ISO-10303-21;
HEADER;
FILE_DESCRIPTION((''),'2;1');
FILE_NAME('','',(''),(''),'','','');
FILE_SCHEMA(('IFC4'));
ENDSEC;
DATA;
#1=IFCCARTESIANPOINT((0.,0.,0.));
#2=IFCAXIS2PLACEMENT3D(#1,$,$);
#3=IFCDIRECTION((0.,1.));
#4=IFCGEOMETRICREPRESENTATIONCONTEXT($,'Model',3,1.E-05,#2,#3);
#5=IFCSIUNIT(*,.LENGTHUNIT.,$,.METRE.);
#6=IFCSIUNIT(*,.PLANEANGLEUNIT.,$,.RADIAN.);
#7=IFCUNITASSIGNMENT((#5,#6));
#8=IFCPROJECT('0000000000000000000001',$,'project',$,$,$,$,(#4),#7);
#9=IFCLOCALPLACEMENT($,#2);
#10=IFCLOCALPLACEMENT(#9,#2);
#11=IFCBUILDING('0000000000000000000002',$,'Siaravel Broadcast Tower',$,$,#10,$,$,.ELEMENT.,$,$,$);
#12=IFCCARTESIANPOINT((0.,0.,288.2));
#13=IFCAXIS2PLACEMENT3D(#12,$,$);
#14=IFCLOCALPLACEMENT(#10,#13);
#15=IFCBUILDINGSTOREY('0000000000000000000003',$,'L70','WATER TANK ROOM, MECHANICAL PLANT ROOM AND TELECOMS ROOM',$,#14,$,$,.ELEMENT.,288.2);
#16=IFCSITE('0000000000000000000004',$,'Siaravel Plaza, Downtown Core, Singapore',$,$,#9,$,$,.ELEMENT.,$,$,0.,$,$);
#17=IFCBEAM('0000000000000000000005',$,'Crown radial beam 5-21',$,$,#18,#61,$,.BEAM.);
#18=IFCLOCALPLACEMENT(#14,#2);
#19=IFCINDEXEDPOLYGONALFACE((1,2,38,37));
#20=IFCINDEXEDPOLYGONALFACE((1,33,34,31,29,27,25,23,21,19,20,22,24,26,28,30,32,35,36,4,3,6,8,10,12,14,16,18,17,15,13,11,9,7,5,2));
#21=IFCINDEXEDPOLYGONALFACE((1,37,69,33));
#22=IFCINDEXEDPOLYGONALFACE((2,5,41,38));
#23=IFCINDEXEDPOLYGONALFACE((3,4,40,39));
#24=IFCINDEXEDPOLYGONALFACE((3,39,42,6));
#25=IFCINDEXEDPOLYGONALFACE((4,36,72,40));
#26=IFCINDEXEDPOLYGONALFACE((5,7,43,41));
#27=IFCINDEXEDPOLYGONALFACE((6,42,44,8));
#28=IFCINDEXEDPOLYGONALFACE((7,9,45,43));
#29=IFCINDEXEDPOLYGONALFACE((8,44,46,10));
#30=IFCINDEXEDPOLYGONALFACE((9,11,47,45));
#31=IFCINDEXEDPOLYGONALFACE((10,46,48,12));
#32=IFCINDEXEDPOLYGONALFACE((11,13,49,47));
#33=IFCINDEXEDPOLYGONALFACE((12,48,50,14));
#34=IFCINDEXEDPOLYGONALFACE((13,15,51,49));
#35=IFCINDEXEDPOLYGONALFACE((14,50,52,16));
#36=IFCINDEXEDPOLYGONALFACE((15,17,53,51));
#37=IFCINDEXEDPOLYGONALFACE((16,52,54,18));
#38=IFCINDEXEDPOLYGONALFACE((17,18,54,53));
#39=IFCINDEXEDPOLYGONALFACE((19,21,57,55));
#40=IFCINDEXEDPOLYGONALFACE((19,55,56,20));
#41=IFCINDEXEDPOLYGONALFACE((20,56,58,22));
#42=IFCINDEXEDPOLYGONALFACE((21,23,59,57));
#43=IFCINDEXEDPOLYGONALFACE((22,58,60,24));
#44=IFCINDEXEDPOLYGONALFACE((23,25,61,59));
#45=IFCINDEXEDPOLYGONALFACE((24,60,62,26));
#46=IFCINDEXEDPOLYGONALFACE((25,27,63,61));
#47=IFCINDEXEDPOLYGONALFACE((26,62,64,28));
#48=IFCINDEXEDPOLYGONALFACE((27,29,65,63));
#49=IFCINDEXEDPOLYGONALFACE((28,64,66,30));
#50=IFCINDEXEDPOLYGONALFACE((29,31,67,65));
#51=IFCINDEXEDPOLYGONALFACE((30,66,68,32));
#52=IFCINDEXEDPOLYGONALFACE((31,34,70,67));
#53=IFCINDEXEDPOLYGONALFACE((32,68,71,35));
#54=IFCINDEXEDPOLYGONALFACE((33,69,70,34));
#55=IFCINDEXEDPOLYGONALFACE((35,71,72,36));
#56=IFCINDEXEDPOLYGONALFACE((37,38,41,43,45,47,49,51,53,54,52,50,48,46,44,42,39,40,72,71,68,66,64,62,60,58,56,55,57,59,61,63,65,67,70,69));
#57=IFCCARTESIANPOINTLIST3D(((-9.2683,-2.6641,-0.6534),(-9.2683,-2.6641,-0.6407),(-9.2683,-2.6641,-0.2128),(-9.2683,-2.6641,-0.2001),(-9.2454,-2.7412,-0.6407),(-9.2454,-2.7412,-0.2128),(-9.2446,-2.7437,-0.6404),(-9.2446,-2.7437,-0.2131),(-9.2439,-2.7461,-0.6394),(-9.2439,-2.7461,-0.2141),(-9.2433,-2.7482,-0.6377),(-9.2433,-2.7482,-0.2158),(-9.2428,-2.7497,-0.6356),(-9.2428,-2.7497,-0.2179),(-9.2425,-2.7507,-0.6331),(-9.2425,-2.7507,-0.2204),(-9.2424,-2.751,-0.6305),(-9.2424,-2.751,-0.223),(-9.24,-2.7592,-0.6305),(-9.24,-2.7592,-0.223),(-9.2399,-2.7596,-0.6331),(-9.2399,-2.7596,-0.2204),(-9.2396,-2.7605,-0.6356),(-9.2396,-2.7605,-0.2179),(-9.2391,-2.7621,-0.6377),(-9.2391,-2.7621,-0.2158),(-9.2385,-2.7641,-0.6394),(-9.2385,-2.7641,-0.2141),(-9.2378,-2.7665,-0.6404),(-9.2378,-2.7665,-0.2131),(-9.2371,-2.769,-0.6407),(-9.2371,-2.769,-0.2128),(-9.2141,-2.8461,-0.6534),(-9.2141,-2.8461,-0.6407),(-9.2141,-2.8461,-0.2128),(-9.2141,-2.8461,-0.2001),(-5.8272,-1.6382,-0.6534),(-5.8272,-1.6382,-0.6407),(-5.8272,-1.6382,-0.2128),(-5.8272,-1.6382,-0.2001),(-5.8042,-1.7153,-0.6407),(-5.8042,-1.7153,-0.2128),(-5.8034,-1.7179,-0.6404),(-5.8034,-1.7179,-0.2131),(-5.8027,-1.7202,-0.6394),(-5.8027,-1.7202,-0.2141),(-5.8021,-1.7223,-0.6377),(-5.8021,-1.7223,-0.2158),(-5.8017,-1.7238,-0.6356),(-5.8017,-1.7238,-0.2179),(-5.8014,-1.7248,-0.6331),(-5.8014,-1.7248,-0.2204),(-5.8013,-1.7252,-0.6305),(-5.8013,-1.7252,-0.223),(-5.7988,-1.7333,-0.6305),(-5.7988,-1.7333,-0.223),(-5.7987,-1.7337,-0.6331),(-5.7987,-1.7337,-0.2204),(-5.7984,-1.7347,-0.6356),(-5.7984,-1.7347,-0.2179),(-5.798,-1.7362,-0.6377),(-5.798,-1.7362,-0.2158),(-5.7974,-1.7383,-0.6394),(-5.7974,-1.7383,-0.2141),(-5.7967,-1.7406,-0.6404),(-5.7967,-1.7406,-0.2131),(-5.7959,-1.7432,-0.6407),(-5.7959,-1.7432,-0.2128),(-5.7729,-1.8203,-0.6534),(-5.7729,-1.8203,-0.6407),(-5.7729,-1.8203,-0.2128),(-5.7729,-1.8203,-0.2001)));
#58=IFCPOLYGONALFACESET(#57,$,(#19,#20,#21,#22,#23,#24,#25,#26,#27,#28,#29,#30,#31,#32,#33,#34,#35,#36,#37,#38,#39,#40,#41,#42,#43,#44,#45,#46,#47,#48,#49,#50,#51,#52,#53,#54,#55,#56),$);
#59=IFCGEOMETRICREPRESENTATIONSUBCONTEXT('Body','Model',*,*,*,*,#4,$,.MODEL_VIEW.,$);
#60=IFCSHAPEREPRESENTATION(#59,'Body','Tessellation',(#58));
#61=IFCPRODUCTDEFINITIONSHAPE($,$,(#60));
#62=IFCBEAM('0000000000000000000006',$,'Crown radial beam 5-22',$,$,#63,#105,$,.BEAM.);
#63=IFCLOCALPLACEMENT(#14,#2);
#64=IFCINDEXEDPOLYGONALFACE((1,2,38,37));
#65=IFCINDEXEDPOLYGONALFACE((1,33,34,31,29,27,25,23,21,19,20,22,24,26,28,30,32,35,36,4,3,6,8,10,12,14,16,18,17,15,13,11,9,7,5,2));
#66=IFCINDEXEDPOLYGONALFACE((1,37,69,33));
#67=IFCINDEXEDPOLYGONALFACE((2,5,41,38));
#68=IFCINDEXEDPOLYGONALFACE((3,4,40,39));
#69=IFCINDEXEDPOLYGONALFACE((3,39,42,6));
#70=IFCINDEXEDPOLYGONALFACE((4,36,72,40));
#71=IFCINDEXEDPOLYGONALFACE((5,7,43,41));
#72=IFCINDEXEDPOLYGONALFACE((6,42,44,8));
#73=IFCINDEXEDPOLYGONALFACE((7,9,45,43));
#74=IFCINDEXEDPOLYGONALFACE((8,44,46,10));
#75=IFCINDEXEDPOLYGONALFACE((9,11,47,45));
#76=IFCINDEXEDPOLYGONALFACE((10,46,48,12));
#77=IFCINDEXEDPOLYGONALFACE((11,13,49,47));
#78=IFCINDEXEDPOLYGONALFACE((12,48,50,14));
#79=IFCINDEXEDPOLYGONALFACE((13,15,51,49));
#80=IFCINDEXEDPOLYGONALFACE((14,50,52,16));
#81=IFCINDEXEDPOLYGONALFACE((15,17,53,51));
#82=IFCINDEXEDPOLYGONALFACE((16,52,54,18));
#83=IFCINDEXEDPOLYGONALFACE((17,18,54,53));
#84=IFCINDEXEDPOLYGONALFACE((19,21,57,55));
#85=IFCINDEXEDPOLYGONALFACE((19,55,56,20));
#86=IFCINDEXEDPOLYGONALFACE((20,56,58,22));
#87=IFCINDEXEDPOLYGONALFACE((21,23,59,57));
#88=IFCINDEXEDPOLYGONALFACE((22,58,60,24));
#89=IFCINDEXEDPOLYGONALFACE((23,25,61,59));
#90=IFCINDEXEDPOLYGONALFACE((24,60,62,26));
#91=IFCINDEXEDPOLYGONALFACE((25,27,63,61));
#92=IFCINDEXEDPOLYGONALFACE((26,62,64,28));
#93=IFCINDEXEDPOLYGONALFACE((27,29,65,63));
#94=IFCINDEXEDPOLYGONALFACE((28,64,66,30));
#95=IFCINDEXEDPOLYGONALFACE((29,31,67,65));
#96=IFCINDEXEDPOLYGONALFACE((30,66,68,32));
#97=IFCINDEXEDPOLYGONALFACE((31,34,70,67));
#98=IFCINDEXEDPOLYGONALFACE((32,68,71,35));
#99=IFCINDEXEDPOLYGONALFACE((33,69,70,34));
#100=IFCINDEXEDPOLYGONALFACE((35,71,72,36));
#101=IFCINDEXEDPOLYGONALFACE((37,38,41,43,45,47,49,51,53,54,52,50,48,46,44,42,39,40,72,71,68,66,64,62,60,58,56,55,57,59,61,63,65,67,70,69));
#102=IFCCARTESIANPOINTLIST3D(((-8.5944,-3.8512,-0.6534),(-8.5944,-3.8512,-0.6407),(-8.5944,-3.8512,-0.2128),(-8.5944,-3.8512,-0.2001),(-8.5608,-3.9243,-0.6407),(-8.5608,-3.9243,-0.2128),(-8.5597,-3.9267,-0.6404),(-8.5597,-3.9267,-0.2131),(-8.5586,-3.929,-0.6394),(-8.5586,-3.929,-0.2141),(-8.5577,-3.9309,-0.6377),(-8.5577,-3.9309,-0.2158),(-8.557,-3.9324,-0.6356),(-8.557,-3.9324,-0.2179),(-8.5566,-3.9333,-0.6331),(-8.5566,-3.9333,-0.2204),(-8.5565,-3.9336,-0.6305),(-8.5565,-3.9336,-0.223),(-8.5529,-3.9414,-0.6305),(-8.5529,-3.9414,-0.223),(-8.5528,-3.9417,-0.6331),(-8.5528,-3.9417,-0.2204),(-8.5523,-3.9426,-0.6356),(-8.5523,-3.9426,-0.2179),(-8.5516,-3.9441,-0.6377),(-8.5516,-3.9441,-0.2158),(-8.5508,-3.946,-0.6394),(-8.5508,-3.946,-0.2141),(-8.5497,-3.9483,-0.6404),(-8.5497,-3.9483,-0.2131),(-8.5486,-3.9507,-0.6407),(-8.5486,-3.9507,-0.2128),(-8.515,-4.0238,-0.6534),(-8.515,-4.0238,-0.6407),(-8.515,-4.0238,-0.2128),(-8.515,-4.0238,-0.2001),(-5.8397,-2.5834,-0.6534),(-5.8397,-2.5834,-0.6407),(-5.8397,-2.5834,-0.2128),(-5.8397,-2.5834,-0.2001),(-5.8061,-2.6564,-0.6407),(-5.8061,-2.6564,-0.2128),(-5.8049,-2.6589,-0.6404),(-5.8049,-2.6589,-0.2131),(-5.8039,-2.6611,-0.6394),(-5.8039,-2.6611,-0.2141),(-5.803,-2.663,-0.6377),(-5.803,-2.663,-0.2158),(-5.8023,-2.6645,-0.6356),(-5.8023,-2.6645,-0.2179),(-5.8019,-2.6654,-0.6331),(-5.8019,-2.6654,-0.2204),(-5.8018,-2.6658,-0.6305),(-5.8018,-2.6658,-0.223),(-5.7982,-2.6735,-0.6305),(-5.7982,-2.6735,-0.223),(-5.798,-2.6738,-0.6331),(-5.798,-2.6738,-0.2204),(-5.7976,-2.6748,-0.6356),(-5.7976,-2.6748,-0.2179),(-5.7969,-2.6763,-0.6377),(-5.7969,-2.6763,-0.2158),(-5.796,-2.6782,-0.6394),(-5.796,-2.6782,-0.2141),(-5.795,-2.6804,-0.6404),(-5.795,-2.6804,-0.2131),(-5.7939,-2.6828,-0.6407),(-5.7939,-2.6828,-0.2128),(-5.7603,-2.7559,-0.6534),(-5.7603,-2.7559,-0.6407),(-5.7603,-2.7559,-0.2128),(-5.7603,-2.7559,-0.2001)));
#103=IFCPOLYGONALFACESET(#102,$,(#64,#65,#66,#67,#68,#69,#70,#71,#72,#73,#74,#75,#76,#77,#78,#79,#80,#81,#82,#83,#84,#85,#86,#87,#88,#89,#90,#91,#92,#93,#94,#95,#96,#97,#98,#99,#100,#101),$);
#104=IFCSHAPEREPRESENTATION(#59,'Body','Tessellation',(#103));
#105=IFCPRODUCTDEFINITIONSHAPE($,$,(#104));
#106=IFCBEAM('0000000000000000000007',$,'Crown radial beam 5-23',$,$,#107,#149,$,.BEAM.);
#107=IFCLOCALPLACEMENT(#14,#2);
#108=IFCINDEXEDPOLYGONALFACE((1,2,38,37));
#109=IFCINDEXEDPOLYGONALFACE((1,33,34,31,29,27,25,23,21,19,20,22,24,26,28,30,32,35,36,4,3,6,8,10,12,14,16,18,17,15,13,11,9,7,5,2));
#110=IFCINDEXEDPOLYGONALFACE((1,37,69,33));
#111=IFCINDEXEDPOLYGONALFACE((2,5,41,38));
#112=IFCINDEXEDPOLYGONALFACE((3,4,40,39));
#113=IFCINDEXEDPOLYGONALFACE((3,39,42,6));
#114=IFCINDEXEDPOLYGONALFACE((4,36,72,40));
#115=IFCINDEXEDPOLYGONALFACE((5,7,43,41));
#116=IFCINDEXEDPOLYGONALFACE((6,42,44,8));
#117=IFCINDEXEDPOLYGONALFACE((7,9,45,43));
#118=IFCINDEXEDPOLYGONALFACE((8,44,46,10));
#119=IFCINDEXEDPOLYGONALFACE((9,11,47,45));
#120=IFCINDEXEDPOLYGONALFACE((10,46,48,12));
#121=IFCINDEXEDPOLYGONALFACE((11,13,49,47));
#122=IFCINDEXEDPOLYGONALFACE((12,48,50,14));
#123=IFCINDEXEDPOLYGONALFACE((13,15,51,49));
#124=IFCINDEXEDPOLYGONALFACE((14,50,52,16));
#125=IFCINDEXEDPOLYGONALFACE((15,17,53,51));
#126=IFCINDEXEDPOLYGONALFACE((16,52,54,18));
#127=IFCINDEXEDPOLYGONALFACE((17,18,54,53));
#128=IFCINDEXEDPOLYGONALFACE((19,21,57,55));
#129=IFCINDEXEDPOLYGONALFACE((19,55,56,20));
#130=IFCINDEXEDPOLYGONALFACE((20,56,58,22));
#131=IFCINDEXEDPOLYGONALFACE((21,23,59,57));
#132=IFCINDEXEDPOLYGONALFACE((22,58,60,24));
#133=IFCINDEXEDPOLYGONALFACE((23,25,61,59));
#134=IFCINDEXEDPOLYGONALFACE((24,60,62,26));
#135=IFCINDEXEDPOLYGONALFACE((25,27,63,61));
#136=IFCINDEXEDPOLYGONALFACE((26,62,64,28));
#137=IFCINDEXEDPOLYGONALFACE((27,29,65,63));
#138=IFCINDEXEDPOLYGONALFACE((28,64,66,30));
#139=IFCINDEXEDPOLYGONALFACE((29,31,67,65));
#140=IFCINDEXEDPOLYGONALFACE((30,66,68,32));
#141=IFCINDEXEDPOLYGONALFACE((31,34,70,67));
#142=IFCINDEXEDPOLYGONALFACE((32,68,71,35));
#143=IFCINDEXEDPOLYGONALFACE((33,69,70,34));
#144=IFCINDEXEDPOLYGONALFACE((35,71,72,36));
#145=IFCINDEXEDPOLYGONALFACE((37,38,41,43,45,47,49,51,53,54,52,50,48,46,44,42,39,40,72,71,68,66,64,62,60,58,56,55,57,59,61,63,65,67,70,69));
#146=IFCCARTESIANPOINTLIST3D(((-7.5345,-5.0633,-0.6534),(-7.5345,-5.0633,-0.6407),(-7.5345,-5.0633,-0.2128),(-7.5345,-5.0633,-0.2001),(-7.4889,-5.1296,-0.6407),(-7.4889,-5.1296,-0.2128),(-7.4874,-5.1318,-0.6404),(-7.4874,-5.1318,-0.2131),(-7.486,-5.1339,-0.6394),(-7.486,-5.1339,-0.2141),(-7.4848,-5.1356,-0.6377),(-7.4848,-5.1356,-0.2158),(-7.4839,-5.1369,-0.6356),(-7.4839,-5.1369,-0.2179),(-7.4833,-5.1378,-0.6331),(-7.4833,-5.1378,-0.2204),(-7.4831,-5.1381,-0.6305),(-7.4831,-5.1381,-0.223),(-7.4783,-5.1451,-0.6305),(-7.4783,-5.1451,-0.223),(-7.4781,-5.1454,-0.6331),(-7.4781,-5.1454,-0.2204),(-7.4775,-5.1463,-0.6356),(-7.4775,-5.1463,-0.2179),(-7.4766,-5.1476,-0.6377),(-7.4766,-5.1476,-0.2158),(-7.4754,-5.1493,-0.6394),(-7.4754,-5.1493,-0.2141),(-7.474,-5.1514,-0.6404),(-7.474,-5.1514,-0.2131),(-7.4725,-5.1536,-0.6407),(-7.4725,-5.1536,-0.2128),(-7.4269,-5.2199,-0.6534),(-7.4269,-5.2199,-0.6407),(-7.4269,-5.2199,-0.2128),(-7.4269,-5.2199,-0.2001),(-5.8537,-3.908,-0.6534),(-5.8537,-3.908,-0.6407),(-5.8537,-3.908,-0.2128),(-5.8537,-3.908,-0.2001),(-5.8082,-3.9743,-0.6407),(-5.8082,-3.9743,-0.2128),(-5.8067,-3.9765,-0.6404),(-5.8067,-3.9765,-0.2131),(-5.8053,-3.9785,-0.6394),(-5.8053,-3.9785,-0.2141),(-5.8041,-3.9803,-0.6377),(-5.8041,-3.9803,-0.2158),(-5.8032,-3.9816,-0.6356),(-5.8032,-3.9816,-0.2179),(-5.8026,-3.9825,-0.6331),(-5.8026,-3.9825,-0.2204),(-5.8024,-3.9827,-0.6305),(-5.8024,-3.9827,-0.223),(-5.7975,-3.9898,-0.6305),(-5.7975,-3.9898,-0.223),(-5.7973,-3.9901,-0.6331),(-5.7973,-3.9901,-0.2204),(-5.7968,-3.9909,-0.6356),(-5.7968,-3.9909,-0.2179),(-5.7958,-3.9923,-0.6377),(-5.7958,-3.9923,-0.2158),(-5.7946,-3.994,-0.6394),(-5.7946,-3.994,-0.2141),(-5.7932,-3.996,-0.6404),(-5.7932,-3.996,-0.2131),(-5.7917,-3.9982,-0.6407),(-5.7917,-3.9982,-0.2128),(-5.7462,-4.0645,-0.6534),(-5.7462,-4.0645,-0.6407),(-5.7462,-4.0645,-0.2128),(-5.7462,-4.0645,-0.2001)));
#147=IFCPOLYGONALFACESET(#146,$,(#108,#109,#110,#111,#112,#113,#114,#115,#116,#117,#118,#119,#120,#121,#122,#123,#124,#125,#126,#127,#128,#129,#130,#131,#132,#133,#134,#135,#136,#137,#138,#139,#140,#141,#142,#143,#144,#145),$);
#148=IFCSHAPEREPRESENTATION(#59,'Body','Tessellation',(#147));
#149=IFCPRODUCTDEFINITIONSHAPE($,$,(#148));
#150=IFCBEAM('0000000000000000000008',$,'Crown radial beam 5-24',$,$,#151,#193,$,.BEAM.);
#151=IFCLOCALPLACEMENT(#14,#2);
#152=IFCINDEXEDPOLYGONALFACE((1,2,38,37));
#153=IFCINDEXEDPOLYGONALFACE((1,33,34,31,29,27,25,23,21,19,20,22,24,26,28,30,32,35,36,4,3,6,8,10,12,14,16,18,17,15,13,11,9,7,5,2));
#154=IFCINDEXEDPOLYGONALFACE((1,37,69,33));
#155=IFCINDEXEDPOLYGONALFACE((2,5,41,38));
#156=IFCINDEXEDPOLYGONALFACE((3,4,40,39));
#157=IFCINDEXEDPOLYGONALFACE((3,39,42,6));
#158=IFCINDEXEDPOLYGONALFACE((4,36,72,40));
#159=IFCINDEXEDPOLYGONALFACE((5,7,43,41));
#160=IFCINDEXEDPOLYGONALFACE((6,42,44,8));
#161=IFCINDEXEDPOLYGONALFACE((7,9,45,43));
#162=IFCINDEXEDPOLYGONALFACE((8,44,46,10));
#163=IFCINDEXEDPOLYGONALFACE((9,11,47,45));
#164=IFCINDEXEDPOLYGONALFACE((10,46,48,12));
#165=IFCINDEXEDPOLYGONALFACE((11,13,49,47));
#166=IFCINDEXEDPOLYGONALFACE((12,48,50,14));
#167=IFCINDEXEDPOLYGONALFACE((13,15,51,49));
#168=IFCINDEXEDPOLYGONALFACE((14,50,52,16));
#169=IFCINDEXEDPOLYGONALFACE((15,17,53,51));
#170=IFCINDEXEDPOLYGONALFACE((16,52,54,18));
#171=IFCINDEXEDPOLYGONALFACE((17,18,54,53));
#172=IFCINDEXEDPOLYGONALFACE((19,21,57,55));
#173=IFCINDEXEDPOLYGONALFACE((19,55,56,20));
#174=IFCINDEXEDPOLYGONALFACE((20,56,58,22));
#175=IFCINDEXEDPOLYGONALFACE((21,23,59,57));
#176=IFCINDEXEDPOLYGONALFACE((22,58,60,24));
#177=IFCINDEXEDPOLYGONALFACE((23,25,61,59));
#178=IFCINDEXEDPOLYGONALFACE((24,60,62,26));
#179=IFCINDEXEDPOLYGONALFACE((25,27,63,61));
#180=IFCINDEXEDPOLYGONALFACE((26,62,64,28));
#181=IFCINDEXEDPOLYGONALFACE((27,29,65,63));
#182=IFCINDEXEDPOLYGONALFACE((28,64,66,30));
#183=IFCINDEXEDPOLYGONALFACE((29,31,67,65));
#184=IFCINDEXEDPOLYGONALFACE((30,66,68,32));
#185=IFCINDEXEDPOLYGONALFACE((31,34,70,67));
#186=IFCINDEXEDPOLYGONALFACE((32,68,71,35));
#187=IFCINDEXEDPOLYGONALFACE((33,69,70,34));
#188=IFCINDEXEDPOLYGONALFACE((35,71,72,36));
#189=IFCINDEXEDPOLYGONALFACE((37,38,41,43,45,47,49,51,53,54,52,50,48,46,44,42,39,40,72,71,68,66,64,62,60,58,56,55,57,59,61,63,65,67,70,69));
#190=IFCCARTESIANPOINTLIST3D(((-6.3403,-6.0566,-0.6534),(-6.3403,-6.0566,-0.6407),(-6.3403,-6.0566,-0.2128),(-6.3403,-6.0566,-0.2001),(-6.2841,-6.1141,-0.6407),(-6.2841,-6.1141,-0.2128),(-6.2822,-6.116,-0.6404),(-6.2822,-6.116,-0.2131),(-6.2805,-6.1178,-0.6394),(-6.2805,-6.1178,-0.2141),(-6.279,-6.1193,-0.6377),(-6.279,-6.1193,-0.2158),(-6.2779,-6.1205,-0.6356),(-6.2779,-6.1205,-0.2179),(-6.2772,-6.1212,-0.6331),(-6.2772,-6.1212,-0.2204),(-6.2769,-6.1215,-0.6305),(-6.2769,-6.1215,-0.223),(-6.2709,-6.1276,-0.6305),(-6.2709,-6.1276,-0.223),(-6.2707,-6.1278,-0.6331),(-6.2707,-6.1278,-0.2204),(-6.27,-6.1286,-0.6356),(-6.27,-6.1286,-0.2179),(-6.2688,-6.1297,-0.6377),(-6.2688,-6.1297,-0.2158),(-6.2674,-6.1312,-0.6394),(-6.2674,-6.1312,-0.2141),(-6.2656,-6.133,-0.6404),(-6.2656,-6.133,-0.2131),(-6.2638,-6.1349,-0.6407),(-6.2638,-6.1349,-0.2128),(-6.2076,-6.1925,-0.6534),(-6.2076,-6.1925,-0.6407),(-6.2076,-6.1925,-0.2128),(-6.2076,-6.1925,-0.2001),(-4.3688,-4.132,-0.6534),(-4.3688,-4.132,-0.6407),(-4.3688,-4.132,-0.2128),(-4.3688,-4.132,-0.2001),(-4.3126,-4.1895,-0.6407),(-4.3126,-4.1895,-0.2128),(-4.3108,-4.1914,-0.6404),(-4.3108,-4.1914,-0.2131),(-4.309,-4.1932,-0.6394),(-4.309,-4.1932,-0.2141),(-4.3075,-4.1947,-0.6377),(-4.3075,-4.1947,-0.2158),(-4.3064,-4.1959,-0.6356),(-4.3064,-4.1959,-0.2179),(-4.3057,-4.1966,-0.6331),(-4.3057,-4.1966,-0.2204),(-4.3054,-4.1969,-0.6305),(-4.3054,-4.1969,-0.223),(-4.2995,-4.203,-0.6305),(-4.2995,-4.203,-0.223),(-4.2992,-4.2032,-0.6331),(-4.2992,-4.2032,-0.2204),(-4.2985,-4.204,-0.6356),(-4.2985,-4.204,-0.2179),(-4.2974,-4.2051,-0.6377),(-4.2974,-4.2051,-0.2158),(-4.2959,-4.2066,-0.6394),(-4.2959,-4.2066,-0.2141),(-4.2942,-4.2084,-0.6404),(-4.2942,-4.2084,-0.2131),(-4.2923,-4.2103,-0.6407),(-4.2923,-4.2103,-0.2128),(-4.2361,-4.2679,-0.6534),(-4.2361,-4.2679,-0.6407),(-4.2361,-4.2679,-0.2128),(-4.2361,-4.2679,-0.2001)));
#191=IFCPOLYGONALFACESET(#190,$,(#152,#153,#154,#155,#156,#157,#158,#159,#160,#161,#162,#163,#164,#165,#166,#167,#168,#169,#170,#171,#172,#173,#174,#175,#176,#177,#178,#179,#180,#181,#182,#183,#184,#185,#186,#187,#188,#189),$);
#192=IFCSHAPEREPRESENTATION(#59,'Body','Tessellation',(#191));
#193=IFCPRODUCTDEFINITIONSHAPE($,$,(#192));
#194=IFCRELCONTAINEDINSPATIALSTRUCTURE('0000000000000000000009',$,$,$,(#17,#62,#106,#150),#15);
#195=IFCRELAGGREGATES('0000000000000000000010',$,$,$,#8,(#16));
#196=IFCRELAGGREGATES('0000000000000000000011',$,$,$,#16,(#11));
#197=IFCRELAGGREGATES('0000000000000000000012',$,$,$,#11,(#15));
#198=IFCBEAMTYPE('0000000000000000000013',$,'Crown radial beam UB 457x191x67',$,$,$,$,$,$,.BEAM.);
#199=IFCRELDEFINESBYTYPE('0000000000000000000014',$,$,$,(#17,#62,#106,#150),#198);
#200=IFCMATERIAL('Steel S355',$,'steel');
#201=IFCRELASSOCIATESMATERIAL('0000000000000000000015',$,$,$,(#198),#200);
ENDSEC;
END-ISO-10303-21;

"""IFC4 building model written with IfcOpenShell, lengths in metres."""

from ifc_helpers import new_model, si_unit, direction, frame, origin, origin_2d, place, context, subcontext, project, spatial, i_section, extrude, material, material_profile, profile_set, type_object, element, save


model = new_model("IFC4")

# Units and contexts
model_context = context("Model", 3, precision=1e-05, world=origin(), true_north=direction((0.0, 1.0)))
body_context = subcontext(model_context, "Body", "Model", "MODEL_VIEW")
ifc_project = project(units=[si_unit("LENGTHUNIT", "METRE"), si_unit("PLANEANGLEUNIT", "RADIAN")], contexts=[model_context])

# Site, building, storey
site_placement = place(None, origin())
site = spatial("IfcSite", under=ifc_project, at=site_placement, Name="Siaravel Plaza, Downtown Core, Singapore", CompositionType="ELEMENT", RefElevation=0.0)
building_placement = place(site_placement, origin())
building = spatial("IfcBuilding", under=site, at=building_placement, Name="Siaravel Broadcast Tower", CompositionType="ELEMENT")
storey_placement = place(building_placement, frame((0.0, 0.0, 288.2)))
storey = spatial("IfcBuildingStorey", under=building, at=storey_placement, Name="L70", Description="WATER TANK ROOM, MECHANICAL PLANT ROOM AND TELECOMS ROOM", CompositionType="ELEMENT", Elevation=288.2)

# Beams
ifc_material_1 = material(Name="Steel S355", Category="steel")
ifc_material_profile_1 = material_profile(ifc_material_1, i_section(OverallWidth=0.1899, OverallDepth=0.4534, WebThickness=0.0085, FlangeThickness=0.0127, FilletRadius=0.0103, at=origin_2d()))
ifc_profile_set_1 = profile_set([ifc_material_profile_1], Name="Steel S355")
beam_type_1 = type_object("IfcBeamType", Name="Crown radial beam UB 457x191x67", PredefinedType="BEAM", material=ifc_profile_set_1)
beam_1_placement = place(storey_placement, frame((-9.2412, -2.7551, -0.4268), z_axis=(0.958321, 0.285694, 0.0), x_axis=(-0.285694, 0.958321, 0.0)))
element("IfcBeam", 1, at=beam_1_placement, inside=storey, type_object=beam_type_1, Name="Crown radial beam 5-21", PredefinedType="BEAM", context=body_context, shape_type="SweptSolid", body=[
    extrude(i_section(OverallWidth=0.1899, OverallDepth=0.4534, WebThickness=0.0085, FlangeThickness=0.0127, FilletRadius=0.0103, at=origin_2d()), origin(), (0.0, 0.0, 1.0), 3.5908),
])
beam_2_placement = place(storey_placement, frame((-8.5547, -3.9375, -0.4268), z_axis=(0.908404, 0.418093, 0.0), x_axis=(-0.418093, 0.908404, 0.0)))
element("IfcBeam", 2, at=beam_2_placement, inside=storey, type_object=beam_type_1, Name="Crown radial beam 5-22", PredefinedType="BEAM", context=body_context, shape_type="SweptSolid", body=[
    extrude(i_section(OverallWidth=0.1899, OverallDepth=0.4534, WebThickness=0.0085, FlangeThickness=0.0127, FilletRadius=0.0103, at=origin_2d()), origin(), (0.0, 0.0, 1.0), 3.0325),
])
beam_3_placement = place(storey_placement, frame((-7.4807, -5.1416, -0.4268), z_axis=(0.824084, 0.566468, 0.0), x_axis=(-0.566468, 0.824084, 0.0)))
element("IfcBeam", 3, at=beam_3_placement, inside=storey, type_object=beam_type_1, Name="Crown radial beam 5-23", PredefinedType="BEAM", context=body_context, shape_type="SweptSolid", body=[
    extrude(i_section(OverallWidth=0.1899, OverallDepth=0.4534, WebThickness=0.0085, FlangeThickness=0.0127, FilletRadius=0.0103, at=origin_2d()), origin(), (0.0, 0.0, 1.0), 2.0396),
])
beam_4_placement = place(storey_placement, frame((-6.2739, -6.1245, -0.4268), z_axis=(0.715563, 0.698549, 0.0), x_axis=(-0.698549, 0.715563, 0.0)))
element("IfcBeam", 4, at=beam_4_placement, inside=storey, type_object=beam_type_1, Name="Crown radial beam 5-24", PredefinedType="BEAM", context=body_context, shape_type="SweptSolid", body=[
    extrude(i_section(OverallWidth=0.1899, OverallDepth=0.4534, WebThickness=0.0085, FlangeThickness=0.0127, FilletRadius=0.0103, at=origin_2d()), origin(), (0.0, 0.0, 1.0), 2.7551),
])

save(model, "model.ifc")
